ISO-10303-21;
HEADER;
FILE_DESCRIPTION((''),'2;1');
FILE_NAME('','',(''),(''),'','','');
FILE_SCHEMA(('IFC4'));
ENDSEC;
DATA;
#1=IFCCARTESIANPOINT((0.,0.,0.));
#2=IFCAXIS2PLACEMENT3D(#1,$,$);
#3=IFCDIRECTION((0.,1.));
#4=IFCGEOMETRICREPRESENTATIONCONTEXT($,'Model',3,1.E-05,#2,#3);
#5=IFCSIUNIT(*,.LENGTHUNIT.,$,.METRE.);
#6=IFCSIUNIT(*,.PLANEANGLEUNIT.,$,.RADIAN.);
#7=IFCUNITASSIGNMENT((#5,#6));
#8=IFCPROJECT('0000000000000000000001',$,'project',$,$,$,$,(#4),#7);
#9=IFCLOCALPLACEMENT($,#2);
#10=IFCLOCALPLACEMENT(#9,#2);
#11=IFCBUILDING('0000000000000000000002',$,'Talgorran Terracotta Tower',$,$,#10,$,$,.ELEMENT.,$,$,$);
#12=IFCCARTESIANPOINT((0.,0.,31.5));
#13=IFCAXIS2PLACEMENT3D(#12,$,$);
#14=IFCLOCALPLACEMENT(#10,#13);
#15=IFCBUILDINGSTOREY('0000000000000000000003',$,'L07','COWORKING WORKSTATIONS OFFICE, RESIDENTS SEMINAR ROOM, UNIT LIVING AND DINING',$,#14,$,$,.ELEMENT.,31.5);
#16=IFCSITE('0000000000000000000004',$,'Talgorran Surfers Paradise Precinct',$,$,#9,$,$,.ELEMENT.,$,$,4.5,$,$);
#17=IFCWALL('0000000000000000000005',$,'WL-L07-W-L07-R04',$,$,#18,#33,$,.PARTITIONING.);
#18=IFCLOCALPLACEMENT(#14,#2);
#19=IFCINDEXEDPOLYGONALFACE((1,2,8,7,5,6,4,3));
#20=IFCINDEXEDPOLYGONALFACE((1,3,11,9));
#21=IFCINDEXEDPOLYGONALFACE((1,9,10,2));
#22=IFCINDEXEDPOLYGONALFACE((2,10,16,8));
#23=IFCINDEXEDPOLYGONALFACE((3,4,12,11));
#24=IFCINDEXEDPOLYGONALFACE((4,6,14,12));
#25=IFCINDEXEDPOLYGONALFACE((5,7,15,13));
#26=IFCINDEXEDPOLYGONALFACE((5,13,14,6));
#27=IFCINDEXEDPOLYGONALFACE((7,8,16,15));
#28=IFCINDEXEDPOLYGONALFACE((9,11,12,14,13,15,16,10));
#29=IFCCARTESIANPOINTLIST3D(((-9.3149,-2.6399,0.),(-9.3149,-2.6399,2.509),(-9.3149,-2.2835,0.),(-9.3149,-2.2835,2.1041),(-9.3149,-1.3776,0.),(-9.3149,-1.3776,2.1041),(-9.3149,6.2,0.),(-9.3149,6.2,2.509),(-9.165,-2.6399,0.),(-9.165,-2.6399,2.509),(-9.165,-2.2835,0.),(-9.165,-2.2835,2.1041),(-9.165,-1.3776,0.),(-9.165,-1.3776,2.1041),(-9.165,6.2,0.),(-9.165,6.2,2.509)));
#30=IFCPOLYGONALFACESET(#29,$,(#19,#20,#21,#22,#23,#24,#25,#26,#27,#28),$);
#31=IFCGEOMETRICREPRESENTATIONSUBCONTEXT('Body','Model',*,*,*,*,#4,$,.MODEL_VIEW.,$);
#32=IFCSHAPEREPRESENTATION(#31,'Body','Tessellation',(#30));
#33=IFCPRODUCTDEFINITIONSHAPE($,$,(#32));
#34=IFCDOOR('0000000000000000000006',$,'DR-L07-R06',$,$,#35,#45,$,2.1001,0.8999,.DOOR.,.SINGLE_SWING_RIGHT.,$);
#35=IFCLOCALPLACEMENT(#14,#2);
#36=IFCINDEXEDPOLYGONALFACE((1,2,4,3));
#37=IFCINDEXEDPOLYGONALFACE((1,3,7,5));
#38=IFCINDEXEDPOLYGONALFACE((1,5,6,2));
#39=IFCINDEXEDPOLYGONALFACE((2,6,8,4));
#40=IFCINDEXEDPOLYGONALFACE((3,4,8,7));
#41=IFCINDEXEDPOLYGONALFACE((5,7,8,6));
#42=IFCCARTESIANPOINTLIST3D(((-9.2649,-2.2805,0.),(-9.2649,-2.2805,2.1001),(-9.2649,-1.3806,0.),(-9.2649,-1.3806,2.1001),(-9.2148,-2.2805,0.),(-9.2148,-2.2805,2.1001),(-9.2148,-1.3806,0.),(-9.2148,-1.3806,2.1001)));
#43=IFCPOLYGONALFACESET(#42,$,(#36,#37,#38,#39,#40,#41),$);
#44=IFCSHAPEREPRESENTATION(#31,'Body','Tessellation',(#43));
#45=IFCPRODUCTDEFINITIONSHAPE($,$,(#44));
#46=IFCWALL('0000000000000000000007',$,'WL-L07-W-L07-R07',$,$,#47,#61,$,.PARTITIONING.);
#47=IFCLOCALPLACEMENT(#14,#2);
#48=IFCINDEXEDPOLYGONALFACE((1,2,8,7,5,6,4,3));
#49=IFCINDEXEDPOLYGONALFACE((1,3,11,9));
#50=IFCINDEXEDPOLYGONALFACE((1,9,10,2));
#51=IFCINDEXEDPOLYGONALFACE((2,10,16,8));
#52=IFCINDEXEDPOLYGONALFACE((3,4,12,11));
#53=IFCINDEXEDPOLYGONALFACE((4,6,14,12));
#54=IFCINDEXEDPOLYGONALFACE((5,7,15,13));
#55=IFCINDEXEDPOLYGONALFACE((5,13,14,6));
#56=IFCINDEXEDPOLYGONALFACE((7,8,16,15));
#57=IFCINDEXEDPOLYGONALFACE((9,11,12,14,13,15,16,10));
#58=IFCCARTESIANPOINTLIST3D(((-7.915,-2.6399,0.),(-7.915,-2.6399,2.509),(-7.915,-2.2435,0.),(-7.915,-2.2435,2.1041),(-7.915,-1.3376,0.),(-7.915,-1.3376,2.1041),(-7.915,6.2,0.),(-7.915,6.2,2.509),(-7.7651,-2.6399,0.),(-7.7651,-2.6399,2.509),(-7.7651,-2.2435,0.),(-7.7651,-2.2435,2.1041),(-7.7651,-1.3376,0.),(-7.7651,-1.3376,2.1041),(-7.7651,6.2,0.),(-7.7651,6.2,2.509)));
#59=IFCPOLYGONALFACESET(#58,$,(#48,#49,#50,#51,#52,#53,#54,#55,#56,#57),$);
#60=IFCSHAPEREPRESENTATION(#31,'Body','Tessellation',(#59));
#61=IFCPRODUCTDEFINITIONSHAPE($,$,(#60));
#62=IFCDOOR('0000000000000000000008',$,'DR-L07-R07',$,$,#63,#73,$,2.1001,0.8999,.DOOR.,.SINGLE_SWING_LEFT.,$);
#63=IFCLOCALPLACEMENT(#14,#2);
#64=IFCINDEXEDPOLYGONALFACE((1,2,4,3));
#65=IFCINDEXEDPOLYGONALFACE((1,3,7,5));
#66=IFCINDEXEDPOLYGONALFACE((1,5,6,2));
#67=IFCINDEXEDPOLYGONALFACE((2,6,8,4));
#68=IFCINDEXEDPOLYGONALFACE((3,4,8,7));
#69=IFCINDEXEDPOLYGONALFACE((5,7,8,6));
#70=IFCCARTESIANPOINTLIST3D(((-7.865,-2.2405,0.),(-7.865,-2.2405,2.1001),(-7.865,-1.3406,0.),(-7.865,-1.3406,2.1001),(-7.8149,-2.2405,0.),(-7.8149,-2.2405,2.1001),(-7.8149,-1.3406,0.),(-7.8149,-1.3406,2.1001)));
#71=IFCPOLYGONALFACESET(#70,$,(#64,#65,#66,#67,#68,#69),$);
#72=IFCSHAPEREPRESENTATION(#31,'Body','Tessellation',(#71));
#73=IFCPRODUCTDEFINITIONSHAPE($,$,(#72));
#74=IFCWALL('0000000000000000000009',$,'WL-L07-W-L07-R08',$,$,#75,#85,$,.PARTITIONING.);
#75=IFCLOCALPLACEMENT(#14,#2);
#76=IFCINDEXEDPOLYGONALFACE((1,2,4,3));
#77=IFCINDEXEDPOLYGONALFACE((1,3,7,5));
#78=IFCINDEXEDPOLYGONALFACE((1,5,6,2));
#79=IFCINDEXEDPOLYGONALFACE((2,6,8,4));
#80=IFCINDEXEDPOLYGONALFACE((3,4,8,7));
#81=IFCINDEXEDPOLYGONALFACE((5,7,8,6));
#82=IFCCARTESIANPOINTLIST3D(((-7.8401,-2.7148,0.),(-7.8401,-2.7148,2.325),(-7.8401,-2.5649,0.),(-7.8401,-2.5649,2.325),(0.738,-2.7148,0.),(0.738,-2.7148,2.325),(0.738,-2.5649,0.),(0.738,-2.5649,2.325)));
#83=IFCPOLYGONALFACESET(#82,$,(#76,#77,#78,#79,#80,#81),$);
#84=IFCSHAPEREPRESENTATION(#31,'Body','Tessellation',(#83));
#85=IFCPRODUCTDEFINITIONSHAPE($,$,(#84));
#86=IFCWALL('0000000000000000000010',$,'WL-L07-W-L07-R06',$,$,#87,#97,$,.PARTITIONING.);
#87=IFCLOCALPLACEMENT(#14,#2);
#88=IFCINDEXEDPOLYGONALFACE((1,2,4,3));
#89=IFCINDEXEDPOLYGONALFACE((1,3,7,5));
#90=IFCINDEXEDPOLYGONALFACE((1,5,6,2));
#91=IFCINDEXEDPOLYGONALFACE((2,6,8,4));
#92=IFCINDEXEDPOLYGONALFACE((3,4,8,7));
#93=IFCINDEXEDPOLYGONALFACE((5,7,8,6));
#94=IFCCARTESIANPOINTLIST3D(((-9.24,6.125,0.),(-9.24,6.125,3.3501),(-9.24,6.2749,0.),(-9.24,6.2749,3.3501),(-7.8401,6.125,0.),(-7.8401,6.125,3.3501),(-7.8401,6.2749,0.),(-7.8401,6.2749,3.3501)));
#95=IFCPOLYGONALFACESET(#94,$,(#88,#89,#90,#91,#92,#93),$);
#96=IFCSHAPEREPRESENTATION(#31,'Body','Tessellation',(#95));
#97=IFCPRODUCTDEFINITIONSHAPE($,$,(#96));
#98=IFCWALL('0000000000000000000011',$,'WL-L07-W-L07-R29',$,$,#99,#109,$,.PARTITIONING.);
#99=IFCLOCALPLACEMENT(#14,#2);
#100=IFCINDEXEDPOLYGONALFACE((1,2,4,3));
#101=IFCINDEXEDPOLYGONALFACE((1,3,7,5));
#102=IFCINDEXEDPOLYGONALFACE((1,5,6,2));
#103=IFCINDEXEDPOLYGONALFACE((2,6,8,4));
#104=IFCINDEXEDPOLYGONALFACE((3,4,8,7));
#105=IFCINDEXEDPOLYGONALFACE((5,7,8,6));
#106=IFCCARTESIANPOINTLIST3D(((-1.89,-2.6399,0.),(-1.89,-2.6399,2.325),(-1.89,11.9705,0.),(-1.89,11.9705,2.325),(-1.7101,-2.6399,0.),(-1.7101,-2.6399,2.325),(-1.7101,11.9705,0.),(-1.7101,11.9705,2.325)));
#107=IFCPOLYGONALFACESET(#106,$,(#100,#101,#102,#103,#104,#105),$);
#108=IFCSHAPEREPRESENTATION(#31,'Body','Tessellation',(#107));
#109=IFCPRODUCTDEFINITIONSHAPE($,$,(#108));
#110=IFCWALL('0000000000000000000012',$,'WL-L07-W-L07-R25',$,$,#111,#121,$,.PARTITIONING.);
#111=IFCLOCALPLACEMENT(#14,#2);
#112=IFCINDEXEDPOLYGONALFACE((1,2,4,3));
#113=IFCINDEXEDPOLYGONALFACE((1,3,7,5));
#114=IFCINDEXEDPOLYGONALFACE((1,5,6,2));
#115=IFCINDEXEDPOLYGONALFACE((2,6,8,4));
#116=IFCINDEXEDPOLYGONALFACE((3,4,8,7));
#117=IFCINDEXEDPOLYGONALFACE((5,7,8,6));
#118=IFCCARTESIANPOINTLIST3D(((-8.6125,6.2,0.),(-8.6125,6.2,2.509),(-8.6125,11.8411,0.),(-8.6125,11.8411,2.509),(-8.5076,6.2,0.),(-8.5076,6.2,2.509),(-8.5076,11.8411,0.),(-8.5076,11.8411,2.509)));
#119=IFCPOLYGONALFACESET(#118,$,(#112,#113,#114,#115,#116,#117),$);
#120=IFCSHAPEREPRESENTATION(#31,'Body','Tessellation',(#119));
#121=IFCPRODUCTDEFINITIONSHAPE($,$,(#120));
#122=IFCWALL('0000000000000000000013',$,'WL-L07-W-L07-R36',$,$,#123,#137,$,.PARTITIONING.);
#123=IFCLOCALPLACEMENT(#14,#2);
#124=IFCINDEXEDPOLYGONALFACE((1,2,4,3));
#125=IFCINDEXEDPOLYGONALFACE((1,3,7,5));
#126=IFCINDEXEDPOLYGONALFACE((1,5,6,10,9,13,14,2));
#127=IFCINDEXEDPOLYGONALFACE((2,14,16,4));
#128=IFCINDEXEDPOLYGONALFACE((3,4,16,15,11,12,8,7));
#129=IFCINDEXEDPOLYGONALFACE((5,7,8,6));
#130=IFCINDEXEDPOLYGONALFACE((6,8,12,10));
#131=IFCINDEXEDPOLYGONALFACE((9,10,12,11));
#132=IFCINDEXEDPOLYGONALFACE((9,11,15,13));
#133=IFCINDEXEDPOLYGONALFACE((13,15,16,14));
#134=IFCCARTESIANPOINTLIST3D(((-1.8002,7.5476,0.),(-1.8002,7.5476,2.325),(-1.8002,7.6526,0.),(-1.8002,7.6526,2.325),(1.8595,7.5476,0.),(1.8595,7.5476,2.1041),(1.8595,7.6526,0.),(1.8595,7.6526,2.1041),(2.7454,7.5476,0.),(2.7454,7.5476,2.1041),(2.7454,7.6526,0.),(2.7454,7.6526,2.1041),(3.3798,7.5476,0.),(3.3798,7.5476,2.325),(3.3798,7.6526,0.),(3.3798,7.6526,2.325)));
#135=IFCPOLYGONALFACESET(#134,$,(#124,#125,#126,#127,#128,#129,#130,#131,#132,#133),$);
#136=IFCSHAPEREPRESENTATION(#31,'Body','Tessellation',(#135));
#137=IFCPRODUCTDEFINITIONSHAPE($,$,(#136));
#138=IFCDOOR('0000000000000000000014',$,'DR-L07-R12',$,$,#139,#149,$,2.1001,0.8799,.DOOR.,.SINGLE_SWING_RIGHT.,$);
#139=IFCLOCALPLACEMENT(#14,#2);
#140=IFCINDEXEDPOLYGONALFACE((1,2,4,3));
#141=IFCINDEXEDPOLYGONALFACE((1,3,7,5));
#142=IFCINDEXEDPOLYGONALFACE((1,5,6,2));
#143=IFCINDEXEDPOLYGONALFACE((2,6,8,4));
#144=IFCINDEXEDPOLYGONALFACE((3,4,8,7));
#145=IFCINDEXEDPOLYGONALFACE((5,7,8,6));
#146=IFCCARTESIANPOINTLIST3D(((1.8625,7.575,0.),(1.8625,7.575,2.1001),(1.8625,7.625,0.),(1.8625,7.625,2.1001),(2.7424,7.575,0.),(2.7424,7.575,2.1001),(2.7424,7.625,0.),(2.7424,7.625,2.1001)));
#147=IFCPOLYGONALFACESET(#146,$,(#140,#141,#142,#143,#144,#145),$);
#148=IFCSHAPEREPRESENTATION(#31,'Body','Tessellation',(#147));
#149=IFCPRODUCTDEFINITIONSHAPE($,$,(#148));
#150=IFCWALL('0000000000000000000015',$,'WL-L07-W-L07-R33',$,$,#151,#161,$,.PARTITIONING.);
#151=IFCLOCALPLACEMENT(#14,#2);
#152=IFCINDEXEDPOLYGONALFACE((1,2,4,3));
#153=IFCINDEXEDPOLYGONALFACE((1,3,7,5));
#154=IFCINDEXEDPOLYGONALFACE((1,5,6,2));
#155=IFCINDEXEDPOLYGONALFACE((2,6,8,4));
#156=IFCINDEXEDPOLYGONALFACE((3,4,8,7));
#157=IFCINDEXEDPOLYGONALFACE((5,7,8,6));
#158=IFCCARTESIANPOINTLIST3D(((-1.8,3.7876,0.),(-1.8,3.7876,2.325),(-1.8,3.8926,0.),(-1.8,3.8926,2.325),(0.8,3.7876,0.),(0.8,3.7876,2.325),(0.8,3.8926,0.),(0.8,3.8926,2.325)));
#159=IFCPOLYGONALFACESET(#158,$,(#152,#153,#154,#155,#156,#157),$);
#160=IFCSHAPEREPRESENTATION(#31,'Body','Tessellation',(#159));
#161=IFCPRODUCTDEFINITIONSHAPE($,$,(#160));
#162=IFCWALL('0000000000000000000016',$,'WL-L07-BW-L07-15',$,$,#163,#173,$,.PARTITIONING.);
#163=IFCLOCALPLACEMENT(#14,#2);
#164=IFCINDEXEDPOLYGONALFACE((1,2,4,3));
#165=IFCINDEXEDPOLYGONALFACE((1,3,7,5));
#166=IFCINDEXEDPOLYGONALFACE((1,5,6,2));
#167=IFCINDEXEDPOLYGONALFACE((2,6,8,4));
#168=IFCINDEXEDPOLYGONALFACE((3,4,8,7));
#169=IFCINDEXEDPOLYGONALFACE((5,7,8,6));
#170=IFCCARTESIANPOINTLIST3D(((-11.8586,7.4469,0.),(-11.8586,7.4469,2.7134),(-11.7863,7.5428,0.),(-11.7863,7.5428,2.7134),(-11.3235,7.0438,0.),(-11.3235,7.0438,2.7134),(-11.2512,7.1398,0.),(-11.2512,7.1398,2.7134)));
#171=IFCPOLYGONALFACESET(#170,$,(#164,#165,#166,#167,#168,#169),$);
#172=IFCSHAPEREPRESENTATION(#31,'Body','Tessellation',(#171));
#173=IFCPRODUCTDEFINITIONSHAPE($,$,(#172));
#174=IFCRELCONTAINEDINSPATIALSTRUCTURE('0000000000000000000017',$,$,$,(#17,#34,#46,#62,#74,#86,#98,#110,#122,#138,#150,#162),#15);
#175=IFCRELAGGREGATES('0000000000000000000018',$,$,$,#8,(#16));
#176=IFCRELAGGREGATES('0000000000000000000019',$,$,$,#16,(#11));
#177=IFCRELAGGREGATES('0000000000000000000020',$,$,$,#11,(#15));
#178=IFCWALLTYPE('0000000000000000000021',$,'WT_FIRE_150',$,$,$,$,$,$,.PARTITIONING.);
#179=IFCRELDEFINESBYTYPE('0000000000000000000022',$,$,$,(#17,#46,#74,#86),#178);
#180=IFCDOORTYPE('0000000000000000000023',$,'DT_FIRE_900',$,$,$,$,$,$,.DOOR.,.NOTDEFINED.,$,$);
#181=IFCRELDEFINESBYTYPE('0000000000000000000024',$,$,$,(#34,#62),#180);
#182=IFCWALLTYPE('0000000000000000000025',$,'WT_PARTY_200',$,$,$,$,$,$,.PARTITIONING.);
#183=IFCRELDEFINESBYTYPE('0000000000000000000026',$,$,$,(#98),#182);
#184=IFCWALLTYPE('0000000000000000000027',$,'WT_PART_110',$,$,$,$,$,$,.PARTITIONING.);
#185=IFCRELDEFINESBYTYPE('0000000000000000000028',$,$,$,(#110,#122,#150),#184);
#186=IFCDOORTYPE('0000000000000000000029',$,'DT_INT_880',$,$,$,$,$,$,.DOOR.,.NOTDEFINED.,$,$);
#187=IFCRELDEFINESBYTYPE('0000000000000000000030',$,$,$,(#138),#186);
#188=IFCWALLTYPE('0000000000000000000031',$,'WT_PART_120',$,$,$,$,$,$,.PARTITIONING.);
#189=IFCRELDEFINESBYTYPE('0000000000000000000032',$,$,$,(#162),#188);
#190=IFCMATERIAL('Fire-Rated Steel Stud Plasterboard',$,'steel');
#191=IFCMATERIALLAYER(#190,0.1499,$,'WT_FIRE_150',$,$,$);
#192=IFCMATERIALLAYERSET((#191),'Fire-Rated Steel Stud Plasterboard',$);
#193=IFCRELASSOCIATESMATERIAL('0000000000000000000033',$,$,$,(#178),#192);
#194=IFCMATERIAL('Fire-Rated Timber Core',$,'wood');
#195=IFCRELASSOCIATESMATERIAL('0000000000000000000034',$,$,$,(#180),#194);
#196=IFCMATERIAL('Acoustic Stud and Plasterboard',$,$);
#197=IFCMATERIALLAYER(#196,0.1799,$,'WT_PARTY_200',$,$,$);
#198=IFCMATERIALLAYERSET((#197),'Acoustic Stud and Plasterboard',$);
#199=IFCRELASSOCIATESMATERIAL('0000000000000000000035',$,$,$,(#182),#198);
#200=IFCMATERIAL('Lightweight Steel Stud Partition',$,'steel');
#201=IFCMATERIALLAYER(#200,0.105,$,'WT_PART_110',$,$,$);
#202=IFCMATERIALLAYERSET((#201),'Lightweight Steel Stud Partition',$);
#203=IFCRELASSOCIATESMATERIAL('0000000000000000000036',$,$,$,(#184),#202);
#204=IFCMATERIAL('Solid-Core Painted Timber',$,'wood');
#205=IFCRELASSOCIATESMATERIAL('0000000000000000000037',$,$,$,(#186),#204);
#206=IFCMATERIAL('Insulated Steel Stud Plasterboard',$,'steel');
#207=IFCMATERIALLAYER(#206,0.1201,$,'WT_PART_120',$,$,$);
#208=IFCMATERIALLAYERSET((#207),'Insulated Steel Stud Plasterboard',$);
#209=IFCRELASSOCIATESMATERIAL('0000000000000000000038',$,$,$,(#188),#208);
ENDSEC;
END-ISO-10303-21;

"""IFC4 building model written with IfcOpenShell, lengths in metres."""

from ifc_helpers import new_model, si_unit, direction, frame, frame_2d, origin, place, context, subcontext, project, spatial, rectangle, extrude, material, layer, layer_set, type_object, element, fill, save


model = new_model("IFC4")

# Units and contexts
model_context = context("Model", 3, precision=1e-05, world=origin(), true_north=direction((0.0, 1.0)))
body_context = subcontext(model_context, "Body", "Model", "MODEL_VIEW")
ifc_project = project(units=[si_unit("LENGTHUNIT", "METRE"), si_unit("PLANEANGLEUNIT", "RADIAN")], contexts=[model_context])

# Site, building, storey
site_placement = place(None, origin())
site = spatial("IfcSite", under=ifc_project, at=site_placement, Name="Talgorran Surfers Paradise Precinct", CompositionType="ELEMENT", RefElevation=4.5)
building_placement = place(site_placement, origin())
building = spatial("IfcBuilding", under=site, at=building_placement, Name="Talgorran Terracotta Tower", CompositionType="ELEMENT")
storey_placement = place(building_placement, frame((0.0, 0.0, 31.5)))
storey = spatial("IfcBuildingStorey", under=building, at=storey_placement, Name="L07", Description="COWORKING WORKSTATIONS OFFICE, RESIDENTS SEMINAR ROOM, UNIT LIVING AND DINING", CompositionType="ELEMENT", Elevation=31.5)

# Walls, openings, doors
ifc_material_1 = material(Name="Fire-Rated Steel Stud Plasterboard", Category="steel")
ifc_layer_1 = layer(ifc_material_1, 0.1499, Name="WT_FIRE_150")
ifc_layer_set_1 = layer_set([ifc_layer_1], Name="Fire-Rated Steel Stud Plasterboard")
wall_type_1 = type_object("IfcWallType", Name="WT_FIRE_150", PredefinedType="PARTITIONING", material=ifc_layer_set_1)
wall_1_placement = place(storey_placement, frame((-9.24, -2.6399, 0.0), z_axis=(0.0, 0.0, 1.0), x_axis=(0.0, 1.0, 0.0)))
wall_1 = element("IfcWall", 1, at=wall_1_placement, inside=storey, type_object=wall_type_1, Name="WL-L07-W-L07-R04", PredefinedType="PARTITIONING", context=body_context, shape_type="SweptSolid", body=[
    extrude(rectangle(XDim=8.8398, YDim=0.1499, at=frame_2d((4.4199, 0.0))), origin(), (0.0, 0.0, 1.0), 2.509),
])
opening_1_placement = place(wall_1_placement, frame((0.3594, 0.0, 0.0)))
opening_1 = element("IfcOpeningElement", 2, at=opening_1_placement, cuts=wall_1, PredefinedType="OPENING", context=body_context, shape_type="SweptSolid", body=[
    extrude(rectangle(XDim=0.9059, YDim=2.1041, at=frame_2d((0.45, 1.052))), frame((0.0, 0.085, 0.0), z_axis=(0.0, -1.0, 0.0), x_axis=(1.0, 0.0, 0.0)), (0.0, 0.0, 1.0), 0.1699),
])
ifc_material_2 = material(Name="Fire-Rated Timber Core", Category="wood")
door_type_1 = type_object("IfcDoorType", Name="DT_FIRE_900", OperationType="NOTDEFINED", PredefinedType="DOOR", material=ifc_material_2)
door_1_placement = place(opening_1_placement, origin())
door_1 = element("IfcDoor", 3, at=door_1_placement, inside=storey, type_object=door_type_1, Name="DR-L07-R06", OperationType="SINGLE_SWING_RIGHT", OverallHeight=2.1001, OverallWidth=0.8999, PredefinedType="DOOR", context=body_context, shape_type="SweptSolid", body=[
    extrude(rectangle(XDim=0.8999, YDim=2.1001, at=frame_2d((0.45, 1.05))), frame((0.0, 0.0249, 0.0), z_axis=(0.0, -1.0, 0.0), x_axis=(1.0, 0.0, 0.0)), (0.0, 0.0, 1.0), 0.05),
])
fill(opening_1, door_1)
wall_2_placement = place(storey_placement, frame((-7.8401, -2.6399, 0.0), z_axis=(0.0, 0.0, 1.0), x_axis=(0.0, 1.0, 0.0)))
wall_2 = element("IfcWall", 4, at=wall_2_placement, inside=storey, type_object=wall_type_1, Name="WL-L07-W-L07-R07", PredefinedType="PARTITIONING", context=body_context, shape_type="SweptSolid", body=[
    extrude(rectangle(XDim=8.8398, YDim=0.1499, at=frame_2d((4.4199, 0.0))), origin(), (0.0, 0.0, 1.0), 2.509),
])
opening_2_placement = place(wall_2_placement, frame((0.3994, 0.0, 0.0)))
opening_2 = element("IfcOpeningElement", 5, at=opening_2_placement, cuts=wall_2, PredefinedType="OPENING", context=body_context, shape_type="SweptSolid", body=[
    extrude(rectangle(XDim=0.9059, YDim=2.1041, at=frame_2d((0.45, 1.052))), frame((0.0, 0.085, 0.0), z_axis=(0.0, -1.0, 0.0), x_axis=(1.0, 0.0, 0.0)), (0.0, 0.0, 1.0), 0.1699),
])
door_2_placement = place(opening_2_placement, origin())
door_2 = element("IfcDoor", 6, at=door_2_placement, inside=storey, type_object=door_type_1, Name="DR-L07-R07", OperationType="SINGLE_SWING_LEFT", OverallHeight=2.1001, OverallWidth=0.8999, PredefinedType="DOOR", context=body_context, shape_type="SweptSolid", body=[
    extrude(rectangle(XDim=0.8999, YDim=2.1001, at=frame_2d((0.45, 1.05))), frame((0.0, 0.0249, 0.0), z_axis=(0.0, -1.0, 0.0), x_axis=(1.0, 0.0, 0.0)), (0.0, 0.0, 1.0), 0.05),
])
fill(opening_2, door_2)

# Walls
wall_3_placement = place(storey_placement, frame((-7.8401, -2.6399, 0.0), z_axis=(0.0, 0.0, 1.0), x_axis=(1.0, 0.0, 0.0)))
element("IfcWall", 7, at=wall_3_placement, inside=storey, type_object=wall_type_1, Name="WL-L07-W-L07-R08", PredefinedType="PARTITIONING", context=body_context, shape_type="SweptSolid", body=[
    extrude(rectangle(XDim=8.5781, YDim=0.1499, at=frame_2d((4.2891, 0.0))), origin(), (0.0, 0.0, 1.0), 2.325),
])
wall_4_placement = place(storey_placement, frame((-9.24, 6.2, 0.0), z_axis=(0.0, 0.0, 1.0), x_axis=(1.0, 0.0, 0.0)))
element("IfcWall", 8, at=wall_4_placement, inside=storey, type_object=wall_type_1, Name="WL-L07-W-L07-R06", PredefinedType="PARTITIONING", context=body_context, shape_type="SweptSolid", body=[
    extrude(rectangle(XDim=1.3999, YDim=0.1499, at=frame_2d((0.7, 0.0))), origin(), (0.0, 0.0, 1.0), 3.3501),
])
ifc_material_3 = material(Name="Acoustic Stud and Plasterboard")
ifc_layer_2 = layer(ifc_material_3, 0.1799, Name="WT_PARTY_200")
ifc_layer_set_2 = layer_set([ifc_layer_2], Name="Acoustic Stud and Plasterboard")
wall_type_2 = type_object("IfcWallType", Name="WT_PARTY_200", PredefinedType="PARTITIONING", material=ifc_layer_set_2)
wall_5_placement = place(storey_placement, frame((-1.8, -2.6399, 0.0), z_axis=(0.0, 0.0, 1.0), x_axis=(0.0, 1.0, 0.0)))
element("IfcWall", 9, at=wall_5_placement, inside=storey, type_object=wall_type_2, Name="WL-L07-W-L07-R29", PredefinedType="PARTITIONING", context=body_context, shape_type="SweptSolid", body=[
    extrude(rectangle(XDim=14.6104, YDim=0.1799, at=frame_2d((7.3052, 0.0))), origin(), (0.0, 0.0, 1.0), 2.325),
])
ifc_material_4 = material(Name="Lightweight Steel Stud Partition", Category="steel")
ifc_layer_3 = layer(ifc_material_4, 0.105, Name="WT_PART_110")
ifc_layer_set_3 = layer_set([ifc_layer_3], Name="Lightweight Steel Stud Partition")
wall_type_3 = type_object("IfcWallType", Name="WT_PART_110", PredefinedType="PARTITIONING", material=ifc_layer_set_3)
wall_6_placement = place(storey_placement, frame((-8.5601, 6.2, 0.0), z_axis=(0.0, 0.0, 1.0), x_axis=(0.0, 1.0, 0.0)))
element("IfcWall", 10, at=wall_6_placement, inside=storey, type_object=wall_type_3, Name="WL-L07-W-L07-R25", PredefinedType="PARTITIONING", context=body_context, shape_type="SweptSolid", body=[
    extrude(rectangle(XDim=5.6411, YDim=0.105, at=frame_2d((2.8206, 0.0))), origin(), (0.0, 0.0, 1.0), 2.509),
])

# Wall, opening, door
wall_7_placement = place(storey_placement, frame((-1.8, 7.6001, 0.0), z_axis=(0.0, 0.0, 1.0), x_axis=(1.0, 0.0, 0.0)))
wall_7 = element("IfcWall", 11, at=wall_7_placement, inside=storey, type_object=wall_type_3, Name="WL-L07-W-L07-R36", PredefinedType="PARTITIONING", context=body_context, shape_type="SweptSolid", body=[
    extrude(rectangle(XDim=5.1799, YDim=0.105, at=frame_2d((2.5898, 0.0))), origin(), (0.0, 0.0, 1.0), 2.325),
])
opening_3_placement = place(wall_7_placement, frame((3.6626, 0.0, 0.0)))
opening_3 = element("IfcOpeningElement", 12, at=opening_3_placement, cuts=wall_7, PredefinedType="OPENING", context=body_context, shape_type="SweptSolid", body=[
    extrude(rectangle(XDim=0.8859, YDim=2.1041, at=frame_2d((0.4399, 1.052))), frame((0.0, 0.0625, 0.0), z_axis=(0.0, -1.0, 0.0), x_axis=(1.0, 0.0, 0.0)), (0.0, 0.0, 1.0), 0.125),
])
ifc_material_5 = material(Name="Solid-Core Painted Timber", Category="wood")
door_type_2 = type_object("IfcDoorType", Name="DT_INT_880", OperationType="NOTDEFINED", PredefinedType="DOOR", material=ifc_material_5)
door_3_placement = place(opening_3_placement, origin())
door_3 = element("IfcDoor", 13, at=door_3_placement, inside=storey, type_object=door_type_2, Name="DR-L07-R12", OperationType="SINGLE_SWING_RIGHT", OverallHeight=2.1001, OverallWidth=0.8799, PredefinedType="DOOR", context=body_context, shape_type="SweptSolid", body=[
    extrude(rectangle(XDim=0.8799, YDim=2.1001, at=frame_2d((0.4399, 1.05))), frame((0.0, 0.0249, 0.0), z_axis=(0.0, -1.0, 0.0), x_axis=(1.0, 0.0, 0.0)), (0.0, 0.0, 1.0), 0.05),
])
fill(opening_3, door_3)

# Walls
wall_8_placement = place(storey_placement, frame((-1.8, 3.8401, 0.0), z_axis=(0.0, 0.0, 1.0), x_axis=(1.0, 0.0, 0.0)))
element("IfcWall", 14, at=wall_8_placement, inside=storey, type_object=wall_type_3, Name="WL-L07-W-L07-R33", PredefinedType="PARTITIONING", context=body_context, shape_type="SweptSolid", body=[
    extrude(rectangle(XDim=2.6001, YDim=0.105, at=frame_2d((1.3, 0.0))), origin(), (0.0, 0.0, 1.0), 2.325),
])
ifc_material_6 = material(Name="Insulated Steel Stud Plasterboard", Category="steel")
ifc_layer_4 = layer(ifc_material_6, 0.1201, Name="WT_PART_120")
ifc_layer_set_4 = layer_set([ifc_layer_4], Name="Insulated Steel Stud Plasterboard")
wall_type_4 = type_object("IfcWallType", Name="WT_PART_120", PredefinedType="PARTITIONING", material=ifc_layer_set_4)
wall_9_placement = place(storey_placement, frame((-11.2874, 7.0918, 0.0), z_axis=(0.0, 0.0, 1.0), x_axis=(-0.798774, 0.601631, 0.0)))
element("IfcWall", 15, at=wall_9_placement, inside=storey, type_object=wall_type_4, Name="WL-L07-BW-L07-15", PredefinedType="PARTITIONING", context=body_context, shape_type="SweptSolid", body=[
    extrude(rectangle(XDim=0.6699, YDim=0.1201, at=frame_2d((0.335, 0.0))), origin(), (0.0, 0.0, 1.0), 2.7134),
])

save(model, "model.ifc")
